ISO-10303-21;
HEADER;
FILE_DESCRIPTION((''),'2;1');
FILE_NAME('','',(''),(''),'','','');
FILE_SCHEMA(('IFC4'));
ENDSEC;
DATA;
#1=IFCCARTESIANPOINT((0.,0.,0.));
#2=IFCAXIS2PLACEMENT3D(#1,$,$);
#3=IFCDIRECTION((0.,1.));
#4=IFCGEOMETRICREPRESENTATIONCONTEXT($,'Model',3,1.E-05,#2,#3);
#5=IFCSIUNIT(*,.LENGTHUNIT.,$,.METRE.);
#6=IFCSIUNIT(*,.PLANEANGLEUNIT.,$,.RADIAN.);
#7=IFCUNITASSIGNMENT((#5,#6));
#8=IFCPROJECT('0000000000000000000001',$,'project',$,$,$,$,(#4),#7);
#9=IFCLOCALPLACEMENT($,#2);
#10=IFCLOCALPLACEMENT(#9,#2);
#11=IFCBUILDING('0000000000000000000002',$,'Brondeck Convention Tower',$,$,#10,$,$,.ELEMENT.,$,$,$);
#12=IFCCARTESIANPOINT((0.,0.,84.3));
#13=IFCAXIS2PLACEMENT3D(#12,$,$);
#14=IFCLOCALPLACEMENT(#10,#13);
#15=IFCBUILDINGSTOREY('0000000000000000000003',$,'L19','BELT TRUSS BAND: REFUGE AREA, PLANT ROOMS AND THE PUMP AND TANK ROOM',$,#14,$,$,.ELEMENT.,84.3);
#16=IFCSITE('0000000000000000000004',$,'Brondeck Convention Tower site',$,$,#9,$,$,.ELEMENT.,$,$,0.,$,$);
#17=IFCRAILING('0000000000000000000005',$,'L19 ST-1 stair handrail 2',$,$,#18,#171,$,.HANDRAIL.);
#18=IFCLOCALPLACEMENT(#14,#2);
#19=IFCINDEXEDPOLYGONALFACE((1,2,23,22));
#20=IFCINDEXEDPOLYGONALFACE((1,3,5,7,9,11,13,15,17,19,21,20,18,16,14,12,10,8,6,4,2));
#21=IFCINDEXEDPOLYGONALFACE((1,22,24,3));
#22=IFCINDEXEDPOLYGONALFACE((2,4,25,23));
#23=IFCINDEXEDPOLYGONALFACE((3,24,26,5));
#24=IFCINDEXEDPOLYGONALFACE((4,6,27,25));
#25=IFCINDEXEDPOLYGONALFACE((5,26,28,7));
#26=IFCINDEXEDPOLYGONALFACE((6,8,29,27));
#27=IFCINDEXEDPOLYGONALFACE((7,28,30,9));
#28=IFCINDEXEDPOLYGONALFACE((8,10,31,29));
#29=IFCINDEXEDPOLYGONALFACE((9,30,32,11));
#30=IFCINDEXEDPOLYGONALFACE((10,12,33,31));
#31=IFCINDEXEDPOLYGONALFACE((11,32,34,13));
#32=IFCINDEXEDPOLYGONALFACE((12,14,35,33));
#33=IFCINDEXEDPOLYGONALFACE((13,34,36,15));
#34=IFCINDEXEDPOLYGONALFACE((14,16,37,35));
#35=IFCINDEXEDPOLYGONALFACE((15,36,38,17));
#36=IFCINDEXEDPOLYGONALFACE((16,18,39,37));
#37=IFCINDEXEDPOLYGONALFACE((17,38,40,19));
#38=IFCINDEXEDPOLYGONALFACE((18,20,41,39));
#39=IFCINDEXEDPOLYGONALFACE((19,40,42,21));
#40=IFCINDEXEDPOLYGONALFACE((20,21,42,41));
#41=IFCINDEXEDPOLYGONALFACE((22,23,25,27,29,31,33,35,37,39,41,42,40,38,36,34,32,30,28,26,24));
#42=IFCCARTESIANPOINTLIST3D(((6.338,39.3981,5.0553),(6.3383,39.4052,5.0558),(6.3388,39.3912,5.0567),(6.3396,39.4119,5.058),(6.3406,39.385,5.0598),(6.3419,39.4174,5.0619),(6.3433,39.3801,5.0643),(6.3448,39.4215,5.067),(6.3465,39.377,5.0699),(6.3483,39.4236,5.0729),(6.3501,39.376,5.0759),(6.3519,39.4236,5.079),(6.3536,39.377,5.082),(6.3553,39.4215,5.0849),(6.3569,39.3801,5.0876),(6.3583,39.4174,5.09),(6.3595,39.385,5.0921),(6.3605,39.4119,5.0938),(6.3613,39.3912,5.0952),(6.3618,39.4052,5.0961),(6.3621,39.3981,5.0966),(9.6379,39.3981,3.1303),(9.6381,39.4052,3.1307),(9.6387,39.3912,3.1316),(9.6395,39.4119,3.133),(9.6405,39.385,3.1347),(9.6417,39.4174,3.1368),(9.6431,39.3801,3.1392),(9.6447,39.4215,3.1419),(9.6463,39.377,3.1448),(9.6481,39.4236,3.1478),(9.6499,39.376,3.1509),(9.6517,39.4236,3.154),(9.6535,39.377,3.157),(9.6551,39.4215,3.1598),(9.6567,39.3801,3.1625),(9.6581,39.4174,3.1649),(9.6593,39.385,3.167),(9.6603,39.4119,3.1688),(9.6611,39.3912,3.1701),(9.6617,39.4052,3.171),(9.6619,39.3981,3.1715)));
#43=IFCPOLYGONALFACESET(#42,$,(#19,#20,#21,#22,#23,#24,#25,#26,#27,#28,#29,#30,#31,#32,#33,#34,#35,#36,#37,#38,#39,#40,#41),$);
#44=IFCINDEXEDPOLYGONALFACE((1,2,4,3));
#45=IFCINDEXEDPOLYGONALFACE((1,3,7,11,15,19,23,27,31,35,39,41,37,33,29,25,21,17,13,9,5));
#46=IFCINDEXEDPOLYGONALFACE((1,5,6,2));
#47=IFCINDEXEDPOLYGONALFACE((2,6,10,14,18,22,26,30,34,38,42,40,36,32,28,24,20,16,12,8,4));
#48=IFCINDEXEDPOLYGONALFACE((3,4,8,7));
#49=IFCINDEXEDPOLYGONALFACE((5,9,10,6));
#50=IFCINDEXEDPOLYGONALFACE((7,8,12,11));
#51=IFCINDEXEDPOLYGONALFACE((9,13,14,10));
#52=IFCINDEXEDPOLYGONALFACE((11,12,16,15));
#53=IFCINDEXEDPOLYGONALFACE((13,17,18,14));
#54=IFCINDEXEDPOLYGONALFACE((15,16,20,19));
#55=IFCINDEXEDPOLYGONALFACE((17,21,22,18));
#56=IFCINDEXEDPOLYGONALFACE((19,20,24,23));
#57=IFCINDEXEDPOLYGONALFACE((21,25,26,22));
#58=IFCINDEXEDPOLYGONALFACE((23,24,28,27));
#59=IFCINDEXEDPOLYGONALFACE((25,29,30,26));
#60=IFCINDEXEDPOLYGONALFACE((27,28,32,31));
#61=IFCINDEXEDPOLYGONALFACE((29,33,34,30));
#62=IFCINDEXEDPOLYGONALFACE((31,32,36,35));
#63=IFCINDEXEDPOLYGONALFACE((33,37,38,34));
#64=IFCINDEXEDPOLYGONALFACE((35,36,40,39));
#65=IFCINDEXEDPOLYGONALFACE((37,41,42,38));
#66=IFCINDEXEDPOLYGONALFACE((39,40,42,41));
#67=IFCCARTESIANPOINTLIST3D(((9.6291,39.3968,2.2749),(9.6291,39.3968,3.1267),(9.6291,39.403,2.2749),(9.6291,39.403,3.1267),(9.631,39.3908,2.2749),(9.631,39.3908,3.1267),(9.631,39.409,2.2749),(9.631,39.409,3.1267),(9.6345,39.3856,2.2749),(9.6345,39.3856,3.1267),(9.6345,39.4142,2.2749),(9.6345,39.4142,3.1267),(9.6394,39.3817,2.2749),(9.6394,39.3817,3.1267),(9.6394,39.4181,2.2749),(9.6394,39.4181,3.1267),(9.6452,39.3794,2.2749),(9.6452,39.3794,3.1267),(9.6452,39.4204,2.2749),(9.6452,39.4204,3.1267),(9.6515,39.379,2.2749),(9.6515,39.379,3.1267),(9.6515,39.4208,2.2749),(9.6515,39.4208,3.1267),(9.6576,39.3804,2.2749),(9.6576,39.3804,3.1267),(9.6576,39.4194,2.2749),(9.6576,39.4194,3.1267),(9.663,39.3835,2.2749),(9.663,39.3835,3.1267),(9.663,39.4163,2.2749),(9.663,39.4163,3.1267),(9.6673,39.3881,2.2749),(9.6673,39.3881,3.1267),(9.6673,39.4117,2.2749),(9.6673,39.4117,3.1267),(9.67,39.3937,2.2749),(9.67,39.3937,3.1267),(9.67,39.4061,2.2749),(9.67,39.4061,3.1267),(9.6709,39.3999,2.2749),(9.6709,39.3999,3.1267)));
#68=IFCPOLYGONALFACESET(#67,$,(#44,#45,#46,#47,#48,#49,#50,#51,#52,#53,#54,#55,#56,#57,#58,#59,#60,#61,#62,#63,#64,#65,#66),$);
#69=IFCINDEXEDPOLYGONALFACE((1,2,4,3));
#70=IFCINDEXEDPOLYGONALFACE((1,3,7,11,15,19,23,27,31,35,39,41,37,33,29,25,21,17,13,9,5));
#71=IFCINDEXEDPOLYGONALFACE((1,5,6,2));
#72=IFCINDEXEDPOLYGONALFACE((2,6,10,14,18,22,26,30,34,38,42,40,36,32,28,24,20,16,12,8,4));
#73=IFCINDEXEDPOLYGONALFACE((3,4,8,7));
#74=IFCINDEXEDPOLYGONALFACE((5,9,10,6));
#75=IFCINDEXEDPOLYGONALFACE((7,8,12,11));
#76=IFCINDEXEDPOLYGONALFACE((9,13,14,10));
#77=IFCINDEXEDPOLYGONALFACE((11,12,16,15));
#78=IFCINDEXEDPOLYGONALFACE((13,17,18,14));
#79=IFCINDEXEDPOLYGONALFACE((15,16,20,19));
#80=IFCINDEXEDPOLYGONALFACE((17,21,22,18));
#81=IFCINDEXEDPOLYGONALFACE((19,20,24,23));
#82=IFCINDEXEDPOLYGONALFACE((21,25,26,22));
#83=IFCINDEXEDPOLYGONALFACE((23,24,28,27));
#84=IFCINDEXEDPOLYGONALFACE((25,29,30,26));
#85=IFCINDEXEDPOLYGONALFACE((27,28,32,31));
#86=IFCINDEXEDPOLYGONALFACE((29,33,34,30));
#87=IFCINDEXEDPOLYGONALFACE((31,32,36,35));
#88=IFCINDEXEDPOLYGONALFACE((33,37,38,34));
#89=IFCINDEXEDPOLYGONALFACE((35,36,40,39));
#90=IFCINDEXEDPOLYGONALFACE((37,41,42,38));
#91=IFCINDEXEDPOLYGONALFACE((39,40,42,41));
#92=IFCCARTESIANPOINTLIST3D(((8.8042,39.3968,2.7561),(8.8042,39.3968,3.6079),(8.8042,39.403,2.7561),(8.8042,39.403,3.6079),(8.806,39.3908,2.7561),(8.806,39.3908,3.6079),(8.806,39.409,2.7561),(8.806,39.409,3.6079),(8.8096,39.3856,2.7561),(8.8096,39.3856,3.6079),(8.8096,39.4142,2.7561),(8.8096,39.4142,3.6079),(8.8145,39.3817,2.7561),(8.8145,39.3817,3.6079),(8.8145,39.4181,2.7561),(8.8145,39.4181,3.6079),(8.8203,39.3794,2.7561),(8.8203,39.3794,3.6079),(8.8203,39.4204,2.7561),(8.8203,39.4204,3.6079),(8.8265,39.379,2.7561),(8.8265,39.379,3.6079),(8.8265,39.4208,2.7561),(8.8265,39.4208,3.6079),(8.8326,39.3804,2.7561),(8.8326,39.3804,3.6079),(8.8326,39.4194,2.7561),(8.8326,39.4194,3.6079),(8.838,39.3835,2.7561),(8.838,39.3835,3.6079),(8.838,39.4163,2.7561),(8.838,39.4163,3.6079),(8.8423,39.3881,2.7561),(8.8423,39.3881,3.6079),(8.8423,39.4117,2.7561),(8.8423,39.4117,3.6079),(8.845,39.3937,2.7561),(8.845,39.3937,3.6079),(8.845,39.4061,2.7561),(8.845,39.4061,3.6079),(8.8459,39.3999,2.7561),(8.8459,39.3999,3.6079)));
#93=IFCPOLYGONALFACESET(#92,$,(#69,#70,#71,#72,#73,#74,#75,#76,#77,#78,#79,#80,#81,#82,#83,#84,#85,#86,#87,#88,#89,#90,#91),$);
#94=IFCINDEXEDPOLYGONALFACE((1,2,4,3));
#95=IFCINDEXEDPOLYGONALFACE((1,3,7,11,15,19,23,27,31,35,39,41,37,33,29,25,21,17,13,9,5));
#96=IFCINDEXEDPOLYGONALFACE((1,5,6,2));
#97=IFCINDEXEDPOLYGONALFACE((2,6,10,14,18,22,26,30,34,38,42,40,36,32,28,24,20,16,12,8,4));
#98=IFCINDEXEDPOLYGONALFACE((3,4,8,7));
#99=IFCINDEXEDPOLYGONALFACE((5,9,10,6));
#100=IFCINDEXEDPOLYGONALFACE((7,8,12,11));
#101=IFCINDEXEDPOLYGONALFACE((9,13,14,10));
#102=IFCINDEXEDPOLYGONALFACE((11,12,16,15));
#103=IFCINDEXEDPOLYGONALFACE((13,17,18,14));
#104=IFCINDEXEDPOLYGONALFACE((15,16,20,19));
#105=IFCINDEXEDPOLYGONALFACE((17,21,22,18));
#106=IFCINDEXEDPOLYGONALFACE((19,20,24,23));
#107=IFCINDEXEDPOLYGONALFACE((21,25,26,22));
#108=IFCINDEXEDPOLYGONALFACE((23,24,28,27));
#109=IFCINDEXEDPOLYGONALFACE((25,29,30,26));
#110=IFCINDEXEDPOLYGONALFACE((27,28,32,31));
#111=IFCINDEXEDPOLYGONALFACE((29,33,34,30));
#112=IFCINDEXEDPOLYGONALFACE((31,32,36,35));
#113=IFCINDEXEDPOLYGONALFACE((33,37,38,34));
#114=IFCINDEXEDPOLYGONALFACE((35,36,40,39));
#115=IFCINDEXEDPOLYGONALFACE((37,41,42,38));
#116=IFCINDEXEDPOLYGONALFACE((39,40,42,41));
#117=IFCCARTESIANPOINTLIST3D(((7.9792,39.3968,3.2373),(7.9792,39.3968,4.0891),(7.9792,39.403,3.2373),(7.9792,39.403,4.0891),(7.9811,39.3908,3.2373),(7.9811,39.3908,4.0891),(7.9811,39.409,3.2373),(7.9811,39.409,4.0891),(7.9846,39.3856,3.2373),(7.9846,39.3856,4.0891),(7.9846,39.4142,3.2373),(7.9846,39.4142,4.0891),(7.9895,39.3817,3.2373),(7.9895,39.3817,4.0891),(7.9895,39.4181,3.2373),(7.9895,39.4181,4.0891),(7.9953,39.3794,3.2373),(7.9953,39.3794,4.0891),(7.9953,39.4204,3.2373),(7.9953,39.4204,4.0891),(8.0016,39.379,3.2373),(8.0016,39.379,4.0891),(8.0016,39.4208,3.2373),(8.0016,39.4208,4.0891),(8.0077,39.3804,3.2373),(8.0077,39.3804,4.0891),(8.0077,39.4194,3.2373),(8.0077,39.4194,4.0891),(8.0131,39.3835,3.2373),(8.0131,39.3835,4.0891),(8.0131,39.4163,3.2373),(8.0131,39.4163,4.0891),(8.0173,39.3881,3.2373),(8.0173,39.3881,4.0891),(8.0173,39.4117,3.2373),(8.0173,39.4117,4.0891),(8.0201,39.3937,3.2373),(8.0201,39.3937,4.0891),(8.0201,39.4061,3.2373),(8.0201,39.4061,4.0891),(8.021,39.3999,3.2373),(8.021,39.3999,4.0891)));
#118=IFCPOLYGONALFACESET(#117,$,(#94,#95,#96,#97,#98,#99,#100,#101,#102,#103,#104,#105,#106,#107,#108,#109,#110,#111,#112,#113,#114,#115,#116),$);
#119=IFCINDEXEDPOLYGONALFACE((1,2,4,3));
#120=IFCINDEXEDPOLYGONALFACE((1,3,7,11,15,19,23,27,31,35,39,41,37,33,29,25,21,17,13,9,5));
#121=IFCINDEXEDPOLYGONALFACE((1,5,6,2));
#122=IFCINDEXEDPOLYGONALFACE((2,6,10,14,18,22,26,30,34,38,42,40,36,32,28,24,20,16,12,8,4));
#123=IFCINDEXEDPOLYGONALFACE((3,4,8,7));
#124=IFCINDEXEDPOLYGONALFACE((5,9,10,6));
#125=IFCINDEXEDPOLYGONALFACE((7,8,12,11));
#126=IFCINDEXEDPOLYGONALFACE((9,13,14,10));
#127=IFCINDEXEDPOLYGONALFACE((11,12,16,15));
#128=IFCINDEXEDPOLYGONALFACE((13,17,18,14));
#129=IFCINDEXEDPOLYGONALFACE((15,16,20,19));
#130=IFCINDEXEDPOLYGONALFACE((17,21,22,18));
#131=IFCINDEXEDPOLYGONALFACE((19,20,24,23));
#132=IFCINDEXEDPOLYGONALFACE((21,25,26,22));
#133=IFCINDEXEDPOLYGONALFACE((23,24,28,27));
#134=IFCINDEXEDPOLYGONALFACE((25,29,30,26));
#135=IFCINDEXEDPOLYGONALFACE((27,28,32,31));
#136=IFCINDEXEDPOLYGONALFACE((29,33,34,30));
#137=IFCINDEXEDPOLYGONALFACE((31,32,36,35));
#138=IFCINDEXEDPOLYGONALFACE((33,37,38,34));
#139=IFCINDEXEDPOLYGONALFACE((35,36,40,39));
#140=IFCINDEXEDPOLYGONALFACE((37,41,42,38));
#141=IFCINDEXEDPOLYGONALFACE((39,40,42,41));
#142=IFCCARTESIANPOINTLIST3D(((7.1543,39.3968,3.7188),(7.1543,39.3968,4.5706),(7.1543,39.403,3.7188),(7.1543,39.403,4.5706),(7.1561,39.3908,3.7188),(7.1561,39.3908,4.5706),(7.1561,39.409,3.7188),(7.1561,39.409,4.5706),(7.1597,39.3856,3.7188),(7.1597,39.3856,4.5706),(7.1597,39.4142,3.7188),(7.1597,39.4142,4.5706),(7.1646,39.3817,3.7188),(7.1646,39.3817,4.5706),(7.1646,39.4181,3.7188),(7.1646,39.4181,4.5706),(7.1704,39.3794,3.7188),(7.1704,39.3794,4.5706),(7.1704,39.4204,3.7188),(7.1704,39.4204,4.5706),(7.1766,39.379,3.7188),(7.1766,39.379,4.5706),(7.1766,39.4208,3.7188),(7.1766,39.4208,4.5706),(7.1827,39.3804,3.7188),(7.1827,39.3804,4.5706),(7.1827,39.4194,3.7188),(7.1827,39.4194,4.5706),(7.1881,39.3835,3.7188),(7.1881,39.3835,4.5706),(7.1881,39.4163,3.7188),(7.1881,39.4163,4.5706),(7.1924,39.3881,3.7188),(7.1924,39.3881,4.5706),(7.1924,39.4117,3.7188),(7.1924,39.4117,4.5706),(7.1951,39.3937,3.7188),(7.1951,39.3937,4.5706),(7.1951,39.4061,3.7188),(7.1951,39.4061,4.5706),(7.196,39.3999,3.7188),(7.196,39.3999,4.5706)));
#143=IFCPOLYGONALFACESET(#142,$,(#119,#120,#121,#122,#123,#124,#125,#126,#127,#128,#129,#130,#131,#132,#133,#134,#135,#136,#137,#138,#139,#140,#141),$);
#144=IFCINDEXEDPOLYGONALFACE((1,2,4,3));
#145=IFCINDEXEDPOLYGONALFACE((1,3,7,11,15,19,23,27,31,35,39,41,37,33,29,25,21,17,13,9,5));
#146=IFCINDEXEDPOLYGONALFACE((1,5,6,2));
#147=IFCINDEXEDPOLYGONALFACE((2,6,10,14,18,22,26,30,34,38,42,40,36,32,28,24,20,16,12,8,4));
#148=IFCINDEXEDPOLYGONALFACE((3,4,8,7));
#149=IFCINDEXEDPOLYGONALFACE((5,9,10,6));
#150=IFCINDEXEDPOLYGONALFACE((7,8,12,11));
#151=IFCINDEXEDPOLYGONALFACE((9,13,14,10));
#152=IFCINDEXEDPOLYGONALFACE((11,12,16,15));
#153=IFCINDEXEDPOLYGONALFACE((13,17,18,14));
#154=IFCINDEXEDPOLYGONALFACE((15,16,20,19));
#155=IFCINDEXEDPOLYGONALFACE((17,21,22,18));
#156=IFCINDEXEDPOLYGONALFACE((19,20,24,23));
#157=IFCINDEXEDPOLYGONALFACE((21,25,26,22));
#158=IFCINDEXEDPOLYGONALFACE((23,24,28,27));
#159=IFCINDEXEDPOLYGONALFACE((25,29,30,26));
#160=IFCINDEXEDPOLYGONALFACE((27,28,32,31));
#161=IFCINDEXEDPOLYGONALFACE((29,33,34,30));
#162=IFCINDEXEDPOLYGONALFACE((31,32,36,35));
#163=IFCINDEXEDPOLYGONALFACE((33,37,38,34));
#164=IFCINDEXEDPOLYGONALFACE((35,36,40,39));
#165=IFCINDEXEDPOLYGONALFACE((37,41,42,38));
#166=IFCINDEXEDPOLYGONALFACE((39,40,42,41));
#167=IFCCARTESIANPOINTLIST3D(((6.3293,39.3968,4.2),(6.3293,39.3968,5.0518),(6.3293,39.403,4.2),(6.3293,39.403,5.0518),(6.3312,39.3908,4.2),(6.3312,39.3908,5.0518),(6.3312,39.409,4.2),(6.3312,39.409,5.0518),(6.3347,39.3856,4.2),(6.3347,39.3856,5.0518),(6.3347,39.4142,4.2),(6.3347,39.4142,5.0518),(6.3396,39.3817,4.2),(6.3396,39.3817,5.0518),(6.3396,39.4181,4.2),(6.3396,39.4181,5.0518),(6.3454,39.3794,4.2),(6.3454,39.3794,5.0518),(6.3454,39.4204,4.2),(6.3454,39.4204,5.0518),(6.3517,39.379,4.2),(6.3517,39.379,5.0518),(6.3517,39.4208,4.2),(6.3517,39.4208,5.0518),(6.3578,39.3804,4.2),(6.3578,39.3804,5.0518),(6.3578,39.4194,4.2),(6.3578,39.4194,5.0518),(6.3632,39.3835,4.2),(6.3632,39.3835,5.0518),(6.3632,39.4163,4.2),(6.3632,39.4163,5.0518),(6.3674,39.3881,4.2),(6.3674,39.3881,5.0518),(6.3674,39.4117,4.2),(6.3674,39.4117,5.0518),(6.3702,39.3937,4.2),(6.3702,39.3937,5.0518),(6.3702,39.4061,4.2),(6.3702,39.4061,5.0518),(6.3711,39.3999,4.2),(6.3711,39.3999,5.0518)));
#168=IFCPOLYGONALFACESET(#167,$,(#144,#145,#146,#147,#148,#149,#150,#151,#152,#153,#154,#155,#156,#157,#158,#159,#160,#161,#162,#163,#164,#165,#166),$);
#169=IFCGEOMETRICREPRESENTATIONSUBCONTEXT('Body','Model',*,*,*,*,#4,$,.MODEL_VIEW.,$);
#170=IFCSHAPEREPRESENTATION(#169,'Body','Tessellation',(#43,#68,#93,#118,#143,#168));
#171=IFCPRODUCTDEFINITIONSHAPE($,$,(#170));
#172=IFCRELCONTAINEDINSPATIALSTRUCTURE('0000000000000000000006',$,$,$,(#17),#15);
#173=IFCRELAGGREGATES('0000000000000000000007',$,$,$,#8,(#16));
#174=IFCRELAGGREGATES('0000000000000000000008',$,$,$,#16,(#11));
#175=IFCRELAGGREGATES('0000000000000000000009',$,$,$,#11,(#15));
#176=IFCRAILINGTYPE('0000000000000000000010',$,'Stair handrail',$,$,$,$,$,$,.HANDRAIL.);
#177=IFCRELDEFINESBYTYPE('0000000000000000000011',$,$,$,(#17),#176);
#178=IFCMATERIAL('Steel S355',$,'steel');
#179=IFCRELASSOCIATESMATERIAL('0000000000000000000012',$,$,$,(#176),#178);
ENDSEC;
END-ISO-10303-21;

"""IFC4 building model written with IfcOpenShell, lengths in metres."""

from ifc_helpers import new_model, si_unit, direction, frame, origin, origin_2d, place, context, subcontext, project, spatial, circle, extrude, material, type_object, element, save


model = new_model("IFC4")

# Units and contexts
model_context = context("Model", 3, precision=1e-05, world=origin(), true_north=direction((0.0, 1.0)))
body_context = subcontext(model_context, "Body", "Model", "MODEL_VIEW")
ifc_project = project(units=[si_unit("LENGTHUNIT", "METRE"), si_unit("PLANEANGLEUNIT", "RADIAN")], contexts=[model_context])

# Site, building, storey
site_placement = place(None, origin())
site = spatial("IfcSite", under=ifc_project, at=site_placement, Name="Brondeck Convention Tower site", CompositionType="ELEMENT", RefElevation=0.0)
building_placement = place(site_placement, origin())
building = spatial("IfcBuilding", under=site, at=building_placement, Name="Brondeck Convention Tower", CompositionType="ELEMENT")
storey_placement = place(building_placement, frame((0.0, 0.0, 84.3)))
storey = spatial("IfcBuildingStorey", under=building, at=storey_placement, Name="L19", Description="BELT TRUSS BAND: REFUGE AREA, PLANT ROOMS AND THE PUMP AND TANK ROOM", CompositionType="ELEMENT", Elevation=84.3)

# Shared definitions
ifc_material_1 = material(Name="Steel S355", Category="steel")

# Railing
railing_type_1 = type_object("IfcRailingType", Name="Stair handrail", PredefinedType="HANDRAIL", material=ifc_material_1)
railing_1_placement = place(storey_placement, frame((9.6499, 39.3999, 2.2749)))
element("IfcRailing", 1, at=railing_1_placement, inside=storey, type_object=railing_type_1, Name="L19 ST-1 stair handrail 2", PredefinedType="HANDRAIL", context=body_context, shape_type="SweptSolid", body=[
    extrude(circle(Radius=0.0239, at=origin_2d()), frame((0.0, 0.0, 0.876), z_axis=(-0.86376, 0.0, 0.503903), x_axis=(0.0, -1.0, 0.0)), (0.0, 0.0, 1.0), 3.8203),
    extrude(circle(Radius=0.021, at=origin_2d()), origin(), (0.0, 0.0, 1.0), 0.8518),
    extrude(circle(Radius=0.021, at=origin_2d()), frame((-0.825, 0.0, 0.4812)), (0.0, 0.0, 1.0), 0.8518),
    extrude(circle(Radius=0.021, at=origin_2d()), frame((-1.6499, 0.0, 0.9624)), (0.0, 0.0, 1.0), 0.8518),
    extrude(circle(Radius=0.021, at=origin_2d()), frame((-2.4749, 0.0, 1.4438)), (0.0, 0.0, 1.0), 0.8518),
    extrude(circle(Radius=0.021, at=origin_2d()), frame((-3.2998, 0.0, 1.925)), (0.0, 0.0, 1.0), 0.8518),
])

save(model, "model.ifc")
